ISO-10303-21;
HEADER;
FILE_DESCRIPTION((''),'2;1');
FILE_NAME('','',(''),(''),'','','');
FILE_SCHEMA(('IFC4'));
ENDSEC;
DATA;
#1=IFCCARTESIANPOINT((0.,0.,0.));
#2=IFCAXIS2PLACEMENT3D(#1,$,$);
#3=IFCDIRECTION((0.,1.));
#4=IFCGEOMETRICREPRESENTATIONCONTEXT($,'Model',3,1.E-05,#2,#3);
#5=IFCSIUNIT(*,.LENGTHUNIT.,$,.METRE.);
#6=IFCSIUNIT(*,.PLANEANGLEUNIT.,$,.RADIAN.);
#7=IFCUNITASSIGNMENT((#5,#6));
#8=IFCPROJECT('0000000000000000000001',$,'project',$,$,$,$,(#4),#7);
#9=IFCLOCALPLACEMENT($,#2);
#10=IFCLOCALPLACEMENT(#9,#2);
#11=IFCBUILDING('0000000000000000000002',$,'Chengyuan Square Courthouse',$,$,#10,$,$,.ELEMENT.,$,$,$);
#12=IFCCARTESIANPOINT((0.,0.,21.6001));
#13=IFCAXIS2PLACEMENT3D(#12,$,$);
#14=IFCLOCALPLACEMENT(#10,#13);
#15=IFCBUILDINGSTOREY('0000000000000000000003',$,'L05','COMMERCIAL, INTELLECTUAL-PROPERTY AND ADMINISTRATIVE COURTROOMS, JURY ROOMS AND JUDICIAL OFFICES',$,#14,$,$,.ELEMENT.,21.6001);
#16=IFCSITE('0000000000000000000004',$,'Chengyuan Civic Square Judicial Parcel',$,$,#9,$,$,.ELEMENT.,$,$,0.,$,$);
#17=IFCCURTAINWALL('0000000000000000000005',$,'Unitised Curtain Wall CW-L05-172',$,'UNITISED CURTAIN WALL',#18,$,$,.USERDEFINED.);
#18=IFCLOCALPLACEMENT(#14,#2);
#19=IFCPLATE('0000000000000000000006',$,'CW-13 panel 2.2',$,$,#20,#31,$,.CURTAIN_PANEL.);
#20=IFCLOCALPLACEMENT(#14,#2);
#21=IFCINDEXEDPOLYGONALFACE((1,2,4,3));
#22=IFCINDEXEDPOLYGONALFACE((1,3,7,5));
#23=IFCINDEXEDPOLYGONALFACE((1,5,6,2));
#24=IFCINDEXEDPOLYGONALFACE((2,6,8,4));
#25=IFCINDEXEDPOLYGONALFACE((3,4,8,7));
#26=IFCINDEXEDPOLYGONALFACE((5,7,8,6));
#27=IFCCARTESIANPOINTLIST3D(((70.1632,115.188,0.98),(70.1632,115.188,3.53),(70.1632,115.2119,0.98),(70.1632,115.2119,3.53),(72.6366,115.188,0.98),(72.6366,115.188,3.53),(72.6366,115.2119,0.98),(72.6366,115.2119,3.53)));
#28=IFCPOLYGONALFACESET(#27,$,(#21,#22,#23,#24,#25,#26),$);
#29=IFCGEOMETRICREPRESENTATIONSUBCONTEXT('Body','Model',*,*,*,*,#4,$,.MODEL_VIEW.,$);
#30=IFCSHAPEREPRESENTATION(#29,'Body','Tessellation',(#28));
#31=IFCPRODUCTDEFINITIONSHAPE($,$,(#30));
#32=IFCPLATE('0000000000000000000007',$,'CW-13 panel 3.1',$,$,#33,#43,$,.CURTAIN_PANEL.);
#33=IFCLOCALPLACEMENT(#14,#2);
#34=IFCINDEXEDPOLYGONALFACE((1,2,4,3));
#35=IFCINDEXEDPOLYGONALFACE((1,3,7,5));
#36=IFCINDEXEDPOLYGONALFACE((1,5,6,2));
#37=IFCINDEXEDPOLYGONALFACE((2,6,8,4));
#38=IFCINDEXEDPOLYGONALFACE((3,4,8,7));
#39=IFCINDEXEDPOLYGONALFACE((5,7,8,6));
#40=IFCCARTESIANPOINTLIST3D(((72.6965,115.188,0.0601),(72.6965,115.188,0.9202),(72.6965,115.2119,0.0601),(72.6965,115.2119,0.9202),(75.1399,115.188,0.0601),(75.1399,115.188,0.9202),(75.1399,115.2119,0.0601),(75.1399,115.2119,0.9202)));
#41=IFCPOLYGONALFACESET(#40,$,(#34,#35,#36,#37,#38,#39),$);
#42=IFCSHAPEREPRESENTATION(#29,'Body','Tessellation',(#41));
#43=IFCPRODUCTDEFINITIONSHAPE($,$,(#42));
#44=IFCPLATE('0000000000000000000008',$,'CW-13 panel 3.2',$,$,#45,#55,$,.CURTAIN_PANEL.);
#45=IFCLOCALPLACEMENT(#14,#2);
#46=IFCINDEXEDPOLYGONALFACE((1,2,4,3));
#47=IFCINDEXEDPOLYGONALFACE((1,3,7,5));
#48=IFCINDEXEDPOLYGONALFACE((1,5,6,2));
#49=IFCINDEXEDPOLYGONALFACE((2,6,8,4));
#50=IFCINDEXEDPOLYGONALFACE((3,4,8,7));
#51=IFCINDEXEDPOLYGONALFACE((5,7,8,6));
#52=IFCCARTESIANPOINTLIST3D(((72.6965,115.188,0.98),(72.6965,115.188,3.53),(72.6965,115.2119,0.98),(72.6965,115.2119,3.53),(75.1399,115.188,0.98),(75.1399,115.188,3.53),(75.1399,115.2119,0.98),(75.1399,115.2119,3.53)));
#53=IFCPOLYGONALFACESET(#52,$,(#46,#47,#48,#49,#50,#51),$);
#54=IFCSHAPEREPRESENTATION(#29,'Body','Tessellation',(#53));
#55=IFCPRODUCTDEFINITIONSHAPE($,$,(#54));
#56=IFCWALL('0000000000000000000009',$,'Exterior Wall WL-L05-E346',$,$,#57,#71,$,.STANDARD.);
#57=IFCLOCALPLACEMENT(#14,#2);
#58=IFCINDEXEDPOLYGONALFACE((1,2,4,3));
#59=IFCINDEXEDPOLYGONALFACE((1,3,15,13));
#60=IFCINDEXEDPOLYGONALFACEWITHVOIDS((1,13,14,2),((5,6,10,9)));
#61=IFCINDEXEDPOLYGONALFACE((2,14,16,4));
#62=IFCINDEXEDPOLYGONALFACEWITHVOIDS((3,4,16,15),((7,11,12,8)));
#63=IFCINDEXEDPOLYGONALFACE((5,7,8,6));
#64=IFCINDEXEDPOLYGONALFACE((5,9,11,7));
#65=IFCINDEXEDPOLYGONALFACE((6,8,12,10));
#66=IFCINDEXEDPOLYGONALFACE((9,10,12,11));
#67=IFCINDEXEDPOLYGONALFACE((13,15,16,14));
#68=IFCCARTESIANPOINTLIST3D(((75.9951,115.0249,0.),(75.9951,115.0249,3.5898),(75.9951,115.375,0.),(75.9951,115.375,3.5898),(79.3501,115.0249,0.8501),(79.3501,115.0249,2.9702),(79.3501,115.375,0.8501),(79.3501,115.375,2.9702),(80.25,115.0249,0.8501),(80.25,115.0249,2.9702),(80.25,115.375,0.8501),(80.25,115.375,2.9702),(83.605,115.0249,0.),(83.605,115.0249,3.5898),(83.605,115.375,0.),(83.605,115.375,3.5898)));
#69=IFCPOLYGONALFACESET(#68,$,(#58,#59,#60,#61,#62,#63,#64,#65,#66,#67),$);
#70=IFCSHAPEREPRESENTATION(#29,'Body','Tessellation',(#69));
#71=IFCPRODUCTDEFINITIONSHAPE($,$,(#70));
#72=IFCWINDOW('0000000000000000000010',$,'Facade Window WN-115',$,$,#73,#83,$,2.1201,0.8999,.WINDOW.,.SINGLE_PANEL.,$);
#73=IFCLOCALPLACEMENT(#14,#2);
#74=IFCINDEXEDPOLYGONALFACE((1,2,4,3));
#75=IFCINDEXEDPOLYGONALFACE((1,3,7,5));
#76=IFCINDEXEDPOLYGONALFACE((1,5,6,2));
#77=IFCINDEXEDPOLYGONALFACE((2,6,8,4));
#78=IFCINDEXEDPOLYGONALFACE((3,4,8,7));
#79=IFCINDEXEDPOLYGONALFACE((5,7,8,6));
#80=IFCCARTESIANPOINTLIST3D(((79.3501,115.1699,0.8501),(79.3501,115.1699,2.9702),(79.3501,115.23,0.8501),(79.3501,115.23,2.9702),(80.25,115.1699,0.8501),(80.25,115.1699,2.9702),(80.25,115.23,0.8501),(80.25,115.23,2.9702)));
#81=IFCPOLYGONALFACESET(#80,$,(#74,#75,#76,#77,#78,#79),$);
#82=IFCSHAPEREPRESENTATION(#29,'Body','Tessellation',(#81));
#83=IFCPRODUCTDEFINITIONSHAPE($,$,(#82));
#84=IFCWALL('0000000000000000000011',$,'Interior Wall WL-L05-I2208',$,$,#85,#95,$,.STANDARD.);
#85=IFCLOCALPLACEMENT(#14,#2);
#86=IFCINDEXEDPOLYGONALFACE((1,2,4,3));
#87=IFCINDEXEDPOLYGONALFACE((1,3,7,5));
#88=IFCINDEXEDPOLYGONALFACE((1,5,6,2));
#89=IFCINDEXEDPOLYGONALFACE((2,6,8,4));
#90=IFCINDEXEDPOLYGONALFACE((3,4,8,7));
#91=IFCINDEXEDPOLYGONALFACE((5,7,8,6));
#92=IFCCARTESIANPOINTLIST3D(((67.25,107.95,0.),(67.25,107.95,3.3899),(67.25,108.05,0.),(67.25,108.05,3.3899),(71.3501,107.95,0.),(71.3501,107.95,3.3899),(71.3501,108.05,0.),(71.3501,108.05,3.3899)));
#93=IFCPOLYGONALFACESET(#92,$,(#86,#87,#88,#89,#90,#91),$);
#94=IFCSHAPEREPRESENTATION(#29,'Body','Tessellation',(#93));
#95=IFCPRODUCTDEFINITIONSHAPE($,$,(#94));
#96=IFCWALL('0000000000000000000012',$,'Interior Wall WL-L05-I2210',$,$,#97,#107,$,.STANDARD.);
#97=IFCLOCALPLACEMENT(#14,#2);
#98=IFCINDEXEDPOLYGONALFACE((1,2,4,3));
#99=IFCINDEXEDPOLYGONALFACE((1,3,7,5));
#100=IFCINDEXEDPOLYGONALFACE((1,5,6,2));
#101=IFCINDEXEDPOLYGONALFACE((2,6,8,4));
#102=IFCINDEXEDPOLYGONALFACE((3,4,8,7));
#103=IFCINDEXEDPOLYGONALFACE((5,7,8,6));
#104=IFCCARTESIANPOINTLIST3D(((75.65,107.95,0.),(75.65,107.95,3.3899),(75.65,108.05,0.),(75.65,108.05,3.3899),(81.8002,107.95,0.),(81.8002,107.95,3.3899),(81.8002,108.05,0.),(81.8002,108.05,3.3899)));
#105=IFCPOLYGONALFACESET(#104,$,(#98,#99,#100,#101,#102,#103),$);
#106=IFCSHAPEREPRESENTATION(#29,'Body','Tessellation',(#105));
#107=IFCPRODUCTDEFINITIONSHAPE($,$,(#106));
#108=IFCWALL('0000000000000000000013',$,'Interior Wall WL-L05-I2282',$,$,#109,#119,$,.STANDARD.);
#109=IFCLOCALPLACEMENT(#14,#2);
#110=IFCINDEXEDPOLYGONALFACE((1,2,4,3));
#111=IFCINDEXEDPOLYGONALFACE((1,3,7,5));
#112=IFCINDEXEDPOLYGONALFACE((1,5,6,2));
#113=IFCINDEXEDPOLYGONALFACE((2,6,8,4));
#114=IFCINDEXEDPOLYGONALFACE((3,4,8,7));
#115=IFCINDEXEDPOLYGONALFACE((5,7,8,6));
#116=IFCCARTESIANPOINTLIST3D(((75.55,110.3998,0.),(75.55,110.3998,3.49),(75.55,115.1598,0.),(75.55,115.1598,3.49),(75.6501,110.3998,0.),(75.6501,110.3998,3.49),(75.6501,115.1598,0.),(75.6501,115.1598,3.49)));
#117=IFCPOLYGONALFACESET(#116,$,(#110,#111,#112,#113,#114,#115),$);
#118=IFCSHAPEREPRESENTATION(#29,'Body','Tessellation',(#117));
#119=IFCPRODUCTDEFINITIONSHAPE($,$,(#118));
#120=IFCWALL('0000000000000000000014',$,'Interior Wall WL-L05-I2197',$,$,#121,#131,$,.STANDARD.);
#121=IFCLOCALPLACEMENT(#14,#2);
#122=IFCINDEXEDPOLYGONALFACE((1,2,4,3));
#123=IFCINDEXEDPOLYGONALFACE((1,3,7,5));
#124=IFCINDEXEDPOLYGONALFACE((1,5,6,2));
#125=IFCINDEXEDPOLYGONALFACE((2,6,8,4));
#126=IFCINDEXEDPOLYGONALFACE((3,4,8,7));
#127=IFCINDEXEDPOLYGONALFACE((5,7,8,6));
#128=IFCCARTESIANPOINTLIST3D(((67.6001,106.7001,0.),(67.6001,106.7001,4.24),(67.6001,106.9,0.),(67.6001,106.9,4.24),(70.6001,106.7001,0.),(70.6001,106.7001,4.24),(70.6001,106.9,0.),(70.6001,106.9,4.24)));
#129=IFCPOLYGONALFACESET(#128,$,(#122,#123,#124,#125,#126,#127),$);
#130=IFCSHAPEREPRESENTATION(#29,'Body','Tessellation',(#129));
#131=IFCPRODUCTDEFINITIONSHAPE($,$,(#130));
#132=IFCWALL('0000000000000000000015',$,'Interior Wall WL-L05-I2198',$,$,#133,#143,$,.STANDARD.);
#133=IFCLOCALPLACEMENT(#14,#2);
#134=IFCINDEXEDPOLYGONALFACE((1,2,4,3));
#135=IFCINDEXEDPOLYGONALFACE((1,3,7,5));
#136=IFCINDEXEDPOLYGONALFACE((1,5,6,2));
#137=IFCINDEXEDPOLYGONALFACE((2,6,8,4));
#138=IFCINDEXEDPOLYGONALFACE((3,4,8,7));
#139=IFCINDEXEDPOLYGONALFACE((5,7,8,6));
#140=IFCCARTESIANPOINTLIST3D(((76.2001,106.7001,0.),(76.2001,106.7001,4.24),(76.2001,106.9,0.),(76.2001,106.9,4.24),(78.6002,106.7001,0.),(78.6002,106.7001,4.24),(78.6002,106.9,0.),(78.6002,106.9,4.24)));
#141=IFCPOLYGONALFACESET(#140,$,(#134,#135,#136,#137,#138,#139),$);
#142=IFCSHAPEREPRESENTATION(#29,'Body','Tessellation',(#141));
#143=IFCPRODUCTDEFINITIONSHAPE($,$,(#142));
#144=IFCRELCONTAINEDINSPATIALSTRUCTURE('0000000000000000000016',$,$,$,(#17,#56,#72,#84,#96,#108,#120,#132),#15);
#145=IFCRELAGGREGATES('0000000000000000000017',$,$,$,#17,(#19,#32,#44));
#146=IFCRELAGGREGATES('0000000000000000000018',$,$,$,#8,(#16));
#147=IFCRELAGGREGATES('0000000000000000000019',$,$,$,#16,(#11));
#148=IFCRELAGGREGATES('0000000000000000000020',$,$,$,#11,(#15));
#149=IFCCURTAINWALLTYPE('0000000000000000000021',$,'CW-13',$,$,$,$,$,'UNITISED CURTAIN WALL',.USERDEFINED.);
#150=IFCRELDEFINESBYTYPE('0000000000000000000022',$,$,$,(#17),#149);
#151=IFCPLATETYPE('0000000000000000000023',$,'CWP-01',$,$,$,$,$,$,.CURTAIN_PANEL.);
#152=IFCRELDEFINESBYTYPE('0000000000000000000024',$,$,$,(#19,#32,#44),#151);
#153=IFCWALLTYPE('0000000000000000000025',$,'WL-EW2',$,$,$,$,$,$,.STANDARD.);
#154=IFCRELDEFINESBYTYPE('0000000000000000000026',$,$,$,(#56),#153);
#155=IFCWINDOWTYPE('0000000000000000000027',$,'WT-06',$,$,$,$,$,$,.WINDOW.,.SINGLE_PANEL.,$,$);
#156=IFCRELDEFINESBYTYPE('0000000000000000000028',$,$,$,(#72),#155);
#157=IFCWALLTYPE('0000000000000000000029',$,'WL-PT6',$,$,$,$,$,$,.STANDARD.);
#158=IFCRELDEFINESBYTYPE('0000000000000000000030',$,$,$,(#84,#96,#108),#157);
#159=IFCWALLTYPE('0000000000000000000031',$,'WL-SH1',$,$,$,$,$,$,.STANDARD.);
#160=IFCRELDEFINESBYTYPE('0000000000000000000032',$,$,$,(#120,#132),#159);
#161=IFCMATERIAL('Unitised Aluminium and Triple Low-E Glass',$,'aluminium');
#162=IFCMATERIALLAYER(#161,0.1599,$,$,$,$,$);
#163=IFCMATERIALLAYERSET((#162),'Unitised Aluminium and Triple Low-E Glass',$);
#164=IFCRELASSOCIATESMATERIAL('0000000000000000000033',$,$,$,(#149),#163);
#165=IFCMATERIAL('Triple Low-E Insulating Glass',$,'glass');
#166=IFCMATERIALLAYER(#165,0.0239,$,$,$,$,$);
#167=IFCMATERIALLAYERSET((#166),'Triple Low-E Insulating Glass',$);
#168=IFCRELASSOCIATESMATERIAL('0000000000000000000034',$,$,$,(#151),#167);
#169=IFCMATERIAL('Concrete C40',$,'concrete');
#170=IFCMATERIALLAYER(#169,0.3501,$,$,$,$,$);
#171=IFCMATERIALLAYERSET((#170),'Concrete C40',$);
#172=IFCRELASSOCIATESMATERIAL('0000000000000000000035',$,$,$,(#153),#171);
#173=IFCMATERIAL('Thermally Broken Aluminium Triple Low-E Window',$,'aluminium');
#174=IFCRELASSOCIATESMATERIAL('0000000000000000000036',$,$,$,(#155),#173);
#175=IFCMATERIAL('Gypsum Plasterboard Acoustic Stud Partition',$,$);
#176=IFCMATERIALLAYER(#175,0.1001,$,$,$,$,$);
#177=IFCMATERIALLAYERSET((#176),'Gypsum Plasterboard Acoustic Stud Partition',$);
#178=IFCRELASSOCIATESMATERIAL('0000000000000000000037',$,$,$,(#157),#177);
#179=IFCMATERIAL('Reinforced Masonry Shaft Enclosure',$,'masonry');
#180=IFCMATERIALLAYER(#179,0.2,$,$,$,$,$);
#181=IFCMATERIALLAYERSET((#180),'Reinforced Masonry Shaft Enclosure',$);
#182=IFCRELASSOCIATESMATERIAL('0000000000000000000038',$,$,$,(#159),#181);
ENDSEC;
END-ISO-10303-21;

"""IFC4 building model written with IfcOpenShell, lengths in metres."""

from ifc_helpers import new_model, si_unit, direction, frame, frame_2d, origin, origin_2d, place, context, subcontext, project, spatial, rectangle, extrude, material, layer, layer_set, type_object, element, fill, aggregate, save


model = new_model("IFC4")

# Units and contexts
model_context = context("Model", 3, precision=1e-05, world=origin(), true_north=direction((0.0, 1.0)))
body_context = subcontext(model_context, "Body", "Model", "MODEL_VIEW")
ifc_project = project(units=[si_unit("LENGTHUNIT", "METRE"), si_unit("PLANEANGLEUNIT", "RADIAN")], contexts=[model_context])

# Site, building, storey
site_placement = place(None, origin())
site = spatial("IfcSite", under=ifc_project, at=site_placement, Name="Chengyuan Civic Square Judicial Parcel", CompositionType="ELEMENT", RefElevation=0.0)
building_placement = place(site_placement, origin())
building = spatial("IfcBuilding", under=site, at=building_placement, Name="Chengyuan Square Courthouse", CompositionType="ELEMENT")
storey_placement = place(building_placement, frame((0.0, 0.0, 21.6001)))
storey = spatial("IfcBuildingStorey", under=building, at=storey_placement, Name="L05", Description="COMMERCIAL, INTELLECTUAL-PROPERTY AND ADMINISTRATIVE COURTROOMS, JURY ROOMS AND JUDICIAL OFFICES", CompositionType="ELEMENT", Elevation=21.6001)

# Shared definitions
ifc_material_1 = material(Name="Concrete C40", Category="concrete")

# Curtain wall, plates
ifc_material_2 = material(Name="Unitised Aluminium and Triple Low-E Glass", Category="aluminium")
ifc_layer_1 = layer(ifc_material_2, 0.1599)
ifc_layer_set_1 = layer_set([ifc_layer_1], Name="Unitised Aluminium and Triple Low-E Glass")
curtain_wall_type = type_object("IfcCurtainWallType", Name="CW-13", ElementType="UNITISED CURTAIN WALL", PredefinedType="USERDEFINED", material=ifc_layer_set_1)
curtain_wall_placement = place(storey_placement, origin())
curtain_wall = element("IfcCurtainWall", 1, at=curtain_wall_placement, inside=storey, type_object=curtain_wall_type, Name="Unitised Curtain Wall CW-L05-172", ObjectType="UNITISED CURTAIN WALL", PredefinedType="USERDEFINED")
ifc_material_3 = material(Name="Triple Low-E Insulating Glass", Category="glass")
ifc_layer_2 = layer(ifc_material_3, 0.0239)
ifc_layer_set_2 = layer_set([ifc_layer_2], Name="Triple Low-E Insulating Glass")
plate_type = type_object("IfcPlateType", Name="CWP-01", PredefinedType="CURTAIN_PANEL", material=ifc_layer_set_2)
plate_1_placement = place(storey_placement, frame((71.3999, 115.2, 0.98), z_axis=(0.0, 0.0, 1.0), x_axis=(1.0, 0.0, 0.0)))
plate_1 = element("IfcPlate", 2, at=plate_1_placement, type_object=plate_type, Name="CW-13 panel 2.2", PredefinedType="CURTAIN_PANEL", context=body_context, shape_type="SweptSolid", body=[
    extrude(rectangle(XDim=2.4734, YDim=0.0239, at=origin_2d()), origin(), (0.0, 0.0, 1.0), 2.55),
])
plate_2_placement = place(storey_placement, frame((73.9182, 115.2, 0.0601), z_axis=(0.0, 0.0, 1.0), x_axis=(1.0, 0.0, 0.0)))
plate_2 = element("IfcPlate", 3, at=plate_2_placement, type_object=plate_type, Name="CW-13 panel 3.1", PredefinedType="CURTAIN_PANEL", context=body_context, shape_type="SweptSolid", body=[
    extrude(rectangle(XDim=2.4434, YDim=0.0239, at=origin_2d()), origin(), (0.0, 0.0, 1.0), 0.8601),
])
plate_3_placement = place(storey_placement, frame((73.9182, 115.2, 0.98), z_axis=(0.0, 0.0, 1.0), x_axis=(1.0, 0.0, 0.0)))
plate_3 = element("IfcPlate", 4, at=plate_3_placement, type_object=plate_type, Name="CW-13 panel 3.2", PredefinedType="CURTAIN_PANEL", context=body_context, shape_type="SweptSolid", body=[
    extrude(rectangle(XDim=2.4434, YDim=0.0239, at=origin_2d()), origin(), (0.0, 0.0, 1.0), 2.55),
])
aggregate(curtain_wall, [plate_1, plate_2, plate_3])

# Wall, opening, window
ifc_layer_3 = layer(ifc_material_1, 0.3501)
ifc_layer_set_3 = layer_set([ifc_layer_3], Name="Concrete C40")
wall_type_1 = type_object("IfcWallType", Name="WL-EW2", PredefinedType="STANDARD", material=ifc_layer_set_3)
wall_1_placement = place(storey_placement, frame((75.9951, 115.2, 0.0), z_axis=(0.0, 0.0, 1.0), x_axis=(1.0, 0.0, 0.0)))
wall_1 = element("IfcWall", 5, at=wall_1_placement, inside=storey, type_object=wall_type_1, Name="Exterior Wall WL-L05-E346", PredefinedType="STANDARD", context=body_context, shape_type="SweptSolid", body=[
    extrude(rectangle(XDim=7.6099, YDim=0.3501, at=frame_2d((3.8049, 0.0))), origin(), (0.0, 0.0, 1.0), 3.5898),
])
opening_1_placement = place(wall_1_placement, frame((3.355, 0.0, 0.8501)))
opening_1 = element("IfcOpeningElement", 6, at=opening_1_placement, cuts=wall_1, PredefinedType="OPENING", context=body_context, shape_type="SweptSolid", body=[
    extrude(rectangle(XDim=0.8999, YDim=2.1201, at=frame_2d((0.45, 1.0601))), frame((0.0, 0.187, 0.0), z_axis=(0.0, -1.0, 0.0), x_axis=(1.0, 0.0, 0.0)), (0.0, 0.0, 1.0), 0.374),
])
ifc_material_4 = material(Name="Thermally Broken Aluminium Triple Low-E Window", Category="aluminium")
window_type = type_object("IfcWindowType", Name="WT-06", PartitioningType="SINGLE_PANEL", PredefinedType="WINDOW", material=ifc_material_4)
window_placement = place(opening_1_placement, origin())
window = element("IfcWindow", 7, at=window_placement, inside=storey, type_object=window_type, Name="Facade Window WN-115", OverallHeight=2.1201, OverallWidth=0.8999, PartitioningType="SINGLE_PANEL", PredefinedType="WINDOW", context=body_context, shape_type="SweptSolid", body=[
    extrude(rectangle(XDim=0.8999, YDim=2.1201, at=frame_2d((0.45, 1.0601))), frame((0.0, 0.03, 0.0), z_axis=(0.0, -1.0, 0.0), x_axis=(1.0, 0.0, 0.0)), (0.0, 0.0, 1.0), 0.0601),
])
fill(opening_1, window)

# Walls
ifc_material_5 = material(Name="Gypsum Plasterboard Acoustic Stud Partition")
ifc_layer_4 = layer(ifc_material_5, 0.1001)
ifc_layer_set_4 = layer_set([ifc_layer_4], Name="Gypsum Plasterboard Acoustic Stud Partition")
wall_type_2 = type_object("IfcWallType", Name="WL-PT6", PredefinedType="STANDARD", material=ifc_layer_set_4)
wall_2_placement = place(storey_placement, frame((67.25, 108.0, 0.0), z_axis=(0.0, 0.0, 1.0), x_axis=(1.0, 0.0, 0.0)))
element("IfcWall", 8, at=wall_2_placement, inside=storey, type_object=wall_type_2, Name="Interior Wall WL-L05-I2208", PredefinedType="STANDARD", context=body_context, shape_type="SweptSolid", body=[
    extrude(rectangle(XDim=4.1001, YDim=0.1001, at=frame_2d((2.05, 0.0))), origin(), (0.0, 0.0, 1.0), 3.3899),
])
wall_3_placement = place(storey_placement, frame((75.6499, 108.0, 0.0), z_axis=(0.0, 0.0, 1.0), x_axis=(1.0, 0.0, 0.0)))
element("IfcWall", 9, at=wall_3_placement, inside=storey, type_object=wall_type_2, Name="Interior Wall WL-L05-I2210", PredefinedType="STANDARD", context=body_context, shape_type="SweptSolid", body=[
    extrude(rectangle(XDim=6.1501, YDim=0.1001, at=frame_2d((3.0752, 0.0))), origin(), (0.0, 0.0, 1.0), 3.3899),
])
wall_4_placement = place(storey_placement, frame((75.6001, 110.3999, 0.0), z_axis=(0.0, 0.0, 1.0), x_axis=(0.0, 1.0, 0.0)))
element("IfcWall", 10, at=wall_4_placement, inside=storey, type_object=wall_type_2, Name="Interior Wall WL-L05-I2282", PredefinedType="STANDARD", context=body_context, shape_type="SweptSolid", body=[
    extrude(rectangle(XDim=4.76, YDim=0.1001, at=frame_2d((2.3799, 0.0))), origin(), (0.0, 0.0, 1.0), 3.49),
])
ifc_material_6 = material(Name="Reinforced Masonry Shaft Enclosure", Category="masonry")
ifc_layer_5 = layer(ifc_material_6, 0.2)
ifc_layer_set_5 = layer_set([ifc_layer_5], Name="Reinforced Masonry Shaft Enclosure")
wall_type_3 = type_object("IfcWallType", Name="WL-SH1", PredefinedType="STANDARD", material=ifc_layer_set_5)
wall_5_placement = place(storey_placement, frame((67.6001, 106.8, 0.0), z_axis=(0.0, 0.0, 1.0), x_axis=(1.0, 0.0, 0.0)))
element("IfcWall", 11, at=wall_5_placement, inside=storey, type_object=wall_type_3, Name="Interior Wall WL-L05-I2197", PredefinedType="STANDARD", context=body_context, shape_type="SweptSolid", body=[
    extrude(rectangle(XDim=3.0, YDim=0.2, at=frame_2d((1.5, 0.0))), origin(), (0.0, 0.0, 1.0), 4.24),
])
wall_6_placement = place(storey_placement, frame((76.2, 106.8, 0.0), z_axis=(0.0, 0.0, 1.0), x_axis=(1.0, 0.0, 0.0)))
element("IfcWall", 12, at=wall_6_placement, inside=storey, type_object=wall_type_3, Name="Interior Wall WL-L05-I2198", PredefinedType="STANDARD", context=body_context, shape_type="SweptSolid", body=[
    extrude(rectangle(XDim=2.4001, YDim=0.2, at=frame_2d((1.2002, 0.0))), origin(), (0.0, 0.0, 1.0), 4.24),
])

save(model, "model.ifc")
